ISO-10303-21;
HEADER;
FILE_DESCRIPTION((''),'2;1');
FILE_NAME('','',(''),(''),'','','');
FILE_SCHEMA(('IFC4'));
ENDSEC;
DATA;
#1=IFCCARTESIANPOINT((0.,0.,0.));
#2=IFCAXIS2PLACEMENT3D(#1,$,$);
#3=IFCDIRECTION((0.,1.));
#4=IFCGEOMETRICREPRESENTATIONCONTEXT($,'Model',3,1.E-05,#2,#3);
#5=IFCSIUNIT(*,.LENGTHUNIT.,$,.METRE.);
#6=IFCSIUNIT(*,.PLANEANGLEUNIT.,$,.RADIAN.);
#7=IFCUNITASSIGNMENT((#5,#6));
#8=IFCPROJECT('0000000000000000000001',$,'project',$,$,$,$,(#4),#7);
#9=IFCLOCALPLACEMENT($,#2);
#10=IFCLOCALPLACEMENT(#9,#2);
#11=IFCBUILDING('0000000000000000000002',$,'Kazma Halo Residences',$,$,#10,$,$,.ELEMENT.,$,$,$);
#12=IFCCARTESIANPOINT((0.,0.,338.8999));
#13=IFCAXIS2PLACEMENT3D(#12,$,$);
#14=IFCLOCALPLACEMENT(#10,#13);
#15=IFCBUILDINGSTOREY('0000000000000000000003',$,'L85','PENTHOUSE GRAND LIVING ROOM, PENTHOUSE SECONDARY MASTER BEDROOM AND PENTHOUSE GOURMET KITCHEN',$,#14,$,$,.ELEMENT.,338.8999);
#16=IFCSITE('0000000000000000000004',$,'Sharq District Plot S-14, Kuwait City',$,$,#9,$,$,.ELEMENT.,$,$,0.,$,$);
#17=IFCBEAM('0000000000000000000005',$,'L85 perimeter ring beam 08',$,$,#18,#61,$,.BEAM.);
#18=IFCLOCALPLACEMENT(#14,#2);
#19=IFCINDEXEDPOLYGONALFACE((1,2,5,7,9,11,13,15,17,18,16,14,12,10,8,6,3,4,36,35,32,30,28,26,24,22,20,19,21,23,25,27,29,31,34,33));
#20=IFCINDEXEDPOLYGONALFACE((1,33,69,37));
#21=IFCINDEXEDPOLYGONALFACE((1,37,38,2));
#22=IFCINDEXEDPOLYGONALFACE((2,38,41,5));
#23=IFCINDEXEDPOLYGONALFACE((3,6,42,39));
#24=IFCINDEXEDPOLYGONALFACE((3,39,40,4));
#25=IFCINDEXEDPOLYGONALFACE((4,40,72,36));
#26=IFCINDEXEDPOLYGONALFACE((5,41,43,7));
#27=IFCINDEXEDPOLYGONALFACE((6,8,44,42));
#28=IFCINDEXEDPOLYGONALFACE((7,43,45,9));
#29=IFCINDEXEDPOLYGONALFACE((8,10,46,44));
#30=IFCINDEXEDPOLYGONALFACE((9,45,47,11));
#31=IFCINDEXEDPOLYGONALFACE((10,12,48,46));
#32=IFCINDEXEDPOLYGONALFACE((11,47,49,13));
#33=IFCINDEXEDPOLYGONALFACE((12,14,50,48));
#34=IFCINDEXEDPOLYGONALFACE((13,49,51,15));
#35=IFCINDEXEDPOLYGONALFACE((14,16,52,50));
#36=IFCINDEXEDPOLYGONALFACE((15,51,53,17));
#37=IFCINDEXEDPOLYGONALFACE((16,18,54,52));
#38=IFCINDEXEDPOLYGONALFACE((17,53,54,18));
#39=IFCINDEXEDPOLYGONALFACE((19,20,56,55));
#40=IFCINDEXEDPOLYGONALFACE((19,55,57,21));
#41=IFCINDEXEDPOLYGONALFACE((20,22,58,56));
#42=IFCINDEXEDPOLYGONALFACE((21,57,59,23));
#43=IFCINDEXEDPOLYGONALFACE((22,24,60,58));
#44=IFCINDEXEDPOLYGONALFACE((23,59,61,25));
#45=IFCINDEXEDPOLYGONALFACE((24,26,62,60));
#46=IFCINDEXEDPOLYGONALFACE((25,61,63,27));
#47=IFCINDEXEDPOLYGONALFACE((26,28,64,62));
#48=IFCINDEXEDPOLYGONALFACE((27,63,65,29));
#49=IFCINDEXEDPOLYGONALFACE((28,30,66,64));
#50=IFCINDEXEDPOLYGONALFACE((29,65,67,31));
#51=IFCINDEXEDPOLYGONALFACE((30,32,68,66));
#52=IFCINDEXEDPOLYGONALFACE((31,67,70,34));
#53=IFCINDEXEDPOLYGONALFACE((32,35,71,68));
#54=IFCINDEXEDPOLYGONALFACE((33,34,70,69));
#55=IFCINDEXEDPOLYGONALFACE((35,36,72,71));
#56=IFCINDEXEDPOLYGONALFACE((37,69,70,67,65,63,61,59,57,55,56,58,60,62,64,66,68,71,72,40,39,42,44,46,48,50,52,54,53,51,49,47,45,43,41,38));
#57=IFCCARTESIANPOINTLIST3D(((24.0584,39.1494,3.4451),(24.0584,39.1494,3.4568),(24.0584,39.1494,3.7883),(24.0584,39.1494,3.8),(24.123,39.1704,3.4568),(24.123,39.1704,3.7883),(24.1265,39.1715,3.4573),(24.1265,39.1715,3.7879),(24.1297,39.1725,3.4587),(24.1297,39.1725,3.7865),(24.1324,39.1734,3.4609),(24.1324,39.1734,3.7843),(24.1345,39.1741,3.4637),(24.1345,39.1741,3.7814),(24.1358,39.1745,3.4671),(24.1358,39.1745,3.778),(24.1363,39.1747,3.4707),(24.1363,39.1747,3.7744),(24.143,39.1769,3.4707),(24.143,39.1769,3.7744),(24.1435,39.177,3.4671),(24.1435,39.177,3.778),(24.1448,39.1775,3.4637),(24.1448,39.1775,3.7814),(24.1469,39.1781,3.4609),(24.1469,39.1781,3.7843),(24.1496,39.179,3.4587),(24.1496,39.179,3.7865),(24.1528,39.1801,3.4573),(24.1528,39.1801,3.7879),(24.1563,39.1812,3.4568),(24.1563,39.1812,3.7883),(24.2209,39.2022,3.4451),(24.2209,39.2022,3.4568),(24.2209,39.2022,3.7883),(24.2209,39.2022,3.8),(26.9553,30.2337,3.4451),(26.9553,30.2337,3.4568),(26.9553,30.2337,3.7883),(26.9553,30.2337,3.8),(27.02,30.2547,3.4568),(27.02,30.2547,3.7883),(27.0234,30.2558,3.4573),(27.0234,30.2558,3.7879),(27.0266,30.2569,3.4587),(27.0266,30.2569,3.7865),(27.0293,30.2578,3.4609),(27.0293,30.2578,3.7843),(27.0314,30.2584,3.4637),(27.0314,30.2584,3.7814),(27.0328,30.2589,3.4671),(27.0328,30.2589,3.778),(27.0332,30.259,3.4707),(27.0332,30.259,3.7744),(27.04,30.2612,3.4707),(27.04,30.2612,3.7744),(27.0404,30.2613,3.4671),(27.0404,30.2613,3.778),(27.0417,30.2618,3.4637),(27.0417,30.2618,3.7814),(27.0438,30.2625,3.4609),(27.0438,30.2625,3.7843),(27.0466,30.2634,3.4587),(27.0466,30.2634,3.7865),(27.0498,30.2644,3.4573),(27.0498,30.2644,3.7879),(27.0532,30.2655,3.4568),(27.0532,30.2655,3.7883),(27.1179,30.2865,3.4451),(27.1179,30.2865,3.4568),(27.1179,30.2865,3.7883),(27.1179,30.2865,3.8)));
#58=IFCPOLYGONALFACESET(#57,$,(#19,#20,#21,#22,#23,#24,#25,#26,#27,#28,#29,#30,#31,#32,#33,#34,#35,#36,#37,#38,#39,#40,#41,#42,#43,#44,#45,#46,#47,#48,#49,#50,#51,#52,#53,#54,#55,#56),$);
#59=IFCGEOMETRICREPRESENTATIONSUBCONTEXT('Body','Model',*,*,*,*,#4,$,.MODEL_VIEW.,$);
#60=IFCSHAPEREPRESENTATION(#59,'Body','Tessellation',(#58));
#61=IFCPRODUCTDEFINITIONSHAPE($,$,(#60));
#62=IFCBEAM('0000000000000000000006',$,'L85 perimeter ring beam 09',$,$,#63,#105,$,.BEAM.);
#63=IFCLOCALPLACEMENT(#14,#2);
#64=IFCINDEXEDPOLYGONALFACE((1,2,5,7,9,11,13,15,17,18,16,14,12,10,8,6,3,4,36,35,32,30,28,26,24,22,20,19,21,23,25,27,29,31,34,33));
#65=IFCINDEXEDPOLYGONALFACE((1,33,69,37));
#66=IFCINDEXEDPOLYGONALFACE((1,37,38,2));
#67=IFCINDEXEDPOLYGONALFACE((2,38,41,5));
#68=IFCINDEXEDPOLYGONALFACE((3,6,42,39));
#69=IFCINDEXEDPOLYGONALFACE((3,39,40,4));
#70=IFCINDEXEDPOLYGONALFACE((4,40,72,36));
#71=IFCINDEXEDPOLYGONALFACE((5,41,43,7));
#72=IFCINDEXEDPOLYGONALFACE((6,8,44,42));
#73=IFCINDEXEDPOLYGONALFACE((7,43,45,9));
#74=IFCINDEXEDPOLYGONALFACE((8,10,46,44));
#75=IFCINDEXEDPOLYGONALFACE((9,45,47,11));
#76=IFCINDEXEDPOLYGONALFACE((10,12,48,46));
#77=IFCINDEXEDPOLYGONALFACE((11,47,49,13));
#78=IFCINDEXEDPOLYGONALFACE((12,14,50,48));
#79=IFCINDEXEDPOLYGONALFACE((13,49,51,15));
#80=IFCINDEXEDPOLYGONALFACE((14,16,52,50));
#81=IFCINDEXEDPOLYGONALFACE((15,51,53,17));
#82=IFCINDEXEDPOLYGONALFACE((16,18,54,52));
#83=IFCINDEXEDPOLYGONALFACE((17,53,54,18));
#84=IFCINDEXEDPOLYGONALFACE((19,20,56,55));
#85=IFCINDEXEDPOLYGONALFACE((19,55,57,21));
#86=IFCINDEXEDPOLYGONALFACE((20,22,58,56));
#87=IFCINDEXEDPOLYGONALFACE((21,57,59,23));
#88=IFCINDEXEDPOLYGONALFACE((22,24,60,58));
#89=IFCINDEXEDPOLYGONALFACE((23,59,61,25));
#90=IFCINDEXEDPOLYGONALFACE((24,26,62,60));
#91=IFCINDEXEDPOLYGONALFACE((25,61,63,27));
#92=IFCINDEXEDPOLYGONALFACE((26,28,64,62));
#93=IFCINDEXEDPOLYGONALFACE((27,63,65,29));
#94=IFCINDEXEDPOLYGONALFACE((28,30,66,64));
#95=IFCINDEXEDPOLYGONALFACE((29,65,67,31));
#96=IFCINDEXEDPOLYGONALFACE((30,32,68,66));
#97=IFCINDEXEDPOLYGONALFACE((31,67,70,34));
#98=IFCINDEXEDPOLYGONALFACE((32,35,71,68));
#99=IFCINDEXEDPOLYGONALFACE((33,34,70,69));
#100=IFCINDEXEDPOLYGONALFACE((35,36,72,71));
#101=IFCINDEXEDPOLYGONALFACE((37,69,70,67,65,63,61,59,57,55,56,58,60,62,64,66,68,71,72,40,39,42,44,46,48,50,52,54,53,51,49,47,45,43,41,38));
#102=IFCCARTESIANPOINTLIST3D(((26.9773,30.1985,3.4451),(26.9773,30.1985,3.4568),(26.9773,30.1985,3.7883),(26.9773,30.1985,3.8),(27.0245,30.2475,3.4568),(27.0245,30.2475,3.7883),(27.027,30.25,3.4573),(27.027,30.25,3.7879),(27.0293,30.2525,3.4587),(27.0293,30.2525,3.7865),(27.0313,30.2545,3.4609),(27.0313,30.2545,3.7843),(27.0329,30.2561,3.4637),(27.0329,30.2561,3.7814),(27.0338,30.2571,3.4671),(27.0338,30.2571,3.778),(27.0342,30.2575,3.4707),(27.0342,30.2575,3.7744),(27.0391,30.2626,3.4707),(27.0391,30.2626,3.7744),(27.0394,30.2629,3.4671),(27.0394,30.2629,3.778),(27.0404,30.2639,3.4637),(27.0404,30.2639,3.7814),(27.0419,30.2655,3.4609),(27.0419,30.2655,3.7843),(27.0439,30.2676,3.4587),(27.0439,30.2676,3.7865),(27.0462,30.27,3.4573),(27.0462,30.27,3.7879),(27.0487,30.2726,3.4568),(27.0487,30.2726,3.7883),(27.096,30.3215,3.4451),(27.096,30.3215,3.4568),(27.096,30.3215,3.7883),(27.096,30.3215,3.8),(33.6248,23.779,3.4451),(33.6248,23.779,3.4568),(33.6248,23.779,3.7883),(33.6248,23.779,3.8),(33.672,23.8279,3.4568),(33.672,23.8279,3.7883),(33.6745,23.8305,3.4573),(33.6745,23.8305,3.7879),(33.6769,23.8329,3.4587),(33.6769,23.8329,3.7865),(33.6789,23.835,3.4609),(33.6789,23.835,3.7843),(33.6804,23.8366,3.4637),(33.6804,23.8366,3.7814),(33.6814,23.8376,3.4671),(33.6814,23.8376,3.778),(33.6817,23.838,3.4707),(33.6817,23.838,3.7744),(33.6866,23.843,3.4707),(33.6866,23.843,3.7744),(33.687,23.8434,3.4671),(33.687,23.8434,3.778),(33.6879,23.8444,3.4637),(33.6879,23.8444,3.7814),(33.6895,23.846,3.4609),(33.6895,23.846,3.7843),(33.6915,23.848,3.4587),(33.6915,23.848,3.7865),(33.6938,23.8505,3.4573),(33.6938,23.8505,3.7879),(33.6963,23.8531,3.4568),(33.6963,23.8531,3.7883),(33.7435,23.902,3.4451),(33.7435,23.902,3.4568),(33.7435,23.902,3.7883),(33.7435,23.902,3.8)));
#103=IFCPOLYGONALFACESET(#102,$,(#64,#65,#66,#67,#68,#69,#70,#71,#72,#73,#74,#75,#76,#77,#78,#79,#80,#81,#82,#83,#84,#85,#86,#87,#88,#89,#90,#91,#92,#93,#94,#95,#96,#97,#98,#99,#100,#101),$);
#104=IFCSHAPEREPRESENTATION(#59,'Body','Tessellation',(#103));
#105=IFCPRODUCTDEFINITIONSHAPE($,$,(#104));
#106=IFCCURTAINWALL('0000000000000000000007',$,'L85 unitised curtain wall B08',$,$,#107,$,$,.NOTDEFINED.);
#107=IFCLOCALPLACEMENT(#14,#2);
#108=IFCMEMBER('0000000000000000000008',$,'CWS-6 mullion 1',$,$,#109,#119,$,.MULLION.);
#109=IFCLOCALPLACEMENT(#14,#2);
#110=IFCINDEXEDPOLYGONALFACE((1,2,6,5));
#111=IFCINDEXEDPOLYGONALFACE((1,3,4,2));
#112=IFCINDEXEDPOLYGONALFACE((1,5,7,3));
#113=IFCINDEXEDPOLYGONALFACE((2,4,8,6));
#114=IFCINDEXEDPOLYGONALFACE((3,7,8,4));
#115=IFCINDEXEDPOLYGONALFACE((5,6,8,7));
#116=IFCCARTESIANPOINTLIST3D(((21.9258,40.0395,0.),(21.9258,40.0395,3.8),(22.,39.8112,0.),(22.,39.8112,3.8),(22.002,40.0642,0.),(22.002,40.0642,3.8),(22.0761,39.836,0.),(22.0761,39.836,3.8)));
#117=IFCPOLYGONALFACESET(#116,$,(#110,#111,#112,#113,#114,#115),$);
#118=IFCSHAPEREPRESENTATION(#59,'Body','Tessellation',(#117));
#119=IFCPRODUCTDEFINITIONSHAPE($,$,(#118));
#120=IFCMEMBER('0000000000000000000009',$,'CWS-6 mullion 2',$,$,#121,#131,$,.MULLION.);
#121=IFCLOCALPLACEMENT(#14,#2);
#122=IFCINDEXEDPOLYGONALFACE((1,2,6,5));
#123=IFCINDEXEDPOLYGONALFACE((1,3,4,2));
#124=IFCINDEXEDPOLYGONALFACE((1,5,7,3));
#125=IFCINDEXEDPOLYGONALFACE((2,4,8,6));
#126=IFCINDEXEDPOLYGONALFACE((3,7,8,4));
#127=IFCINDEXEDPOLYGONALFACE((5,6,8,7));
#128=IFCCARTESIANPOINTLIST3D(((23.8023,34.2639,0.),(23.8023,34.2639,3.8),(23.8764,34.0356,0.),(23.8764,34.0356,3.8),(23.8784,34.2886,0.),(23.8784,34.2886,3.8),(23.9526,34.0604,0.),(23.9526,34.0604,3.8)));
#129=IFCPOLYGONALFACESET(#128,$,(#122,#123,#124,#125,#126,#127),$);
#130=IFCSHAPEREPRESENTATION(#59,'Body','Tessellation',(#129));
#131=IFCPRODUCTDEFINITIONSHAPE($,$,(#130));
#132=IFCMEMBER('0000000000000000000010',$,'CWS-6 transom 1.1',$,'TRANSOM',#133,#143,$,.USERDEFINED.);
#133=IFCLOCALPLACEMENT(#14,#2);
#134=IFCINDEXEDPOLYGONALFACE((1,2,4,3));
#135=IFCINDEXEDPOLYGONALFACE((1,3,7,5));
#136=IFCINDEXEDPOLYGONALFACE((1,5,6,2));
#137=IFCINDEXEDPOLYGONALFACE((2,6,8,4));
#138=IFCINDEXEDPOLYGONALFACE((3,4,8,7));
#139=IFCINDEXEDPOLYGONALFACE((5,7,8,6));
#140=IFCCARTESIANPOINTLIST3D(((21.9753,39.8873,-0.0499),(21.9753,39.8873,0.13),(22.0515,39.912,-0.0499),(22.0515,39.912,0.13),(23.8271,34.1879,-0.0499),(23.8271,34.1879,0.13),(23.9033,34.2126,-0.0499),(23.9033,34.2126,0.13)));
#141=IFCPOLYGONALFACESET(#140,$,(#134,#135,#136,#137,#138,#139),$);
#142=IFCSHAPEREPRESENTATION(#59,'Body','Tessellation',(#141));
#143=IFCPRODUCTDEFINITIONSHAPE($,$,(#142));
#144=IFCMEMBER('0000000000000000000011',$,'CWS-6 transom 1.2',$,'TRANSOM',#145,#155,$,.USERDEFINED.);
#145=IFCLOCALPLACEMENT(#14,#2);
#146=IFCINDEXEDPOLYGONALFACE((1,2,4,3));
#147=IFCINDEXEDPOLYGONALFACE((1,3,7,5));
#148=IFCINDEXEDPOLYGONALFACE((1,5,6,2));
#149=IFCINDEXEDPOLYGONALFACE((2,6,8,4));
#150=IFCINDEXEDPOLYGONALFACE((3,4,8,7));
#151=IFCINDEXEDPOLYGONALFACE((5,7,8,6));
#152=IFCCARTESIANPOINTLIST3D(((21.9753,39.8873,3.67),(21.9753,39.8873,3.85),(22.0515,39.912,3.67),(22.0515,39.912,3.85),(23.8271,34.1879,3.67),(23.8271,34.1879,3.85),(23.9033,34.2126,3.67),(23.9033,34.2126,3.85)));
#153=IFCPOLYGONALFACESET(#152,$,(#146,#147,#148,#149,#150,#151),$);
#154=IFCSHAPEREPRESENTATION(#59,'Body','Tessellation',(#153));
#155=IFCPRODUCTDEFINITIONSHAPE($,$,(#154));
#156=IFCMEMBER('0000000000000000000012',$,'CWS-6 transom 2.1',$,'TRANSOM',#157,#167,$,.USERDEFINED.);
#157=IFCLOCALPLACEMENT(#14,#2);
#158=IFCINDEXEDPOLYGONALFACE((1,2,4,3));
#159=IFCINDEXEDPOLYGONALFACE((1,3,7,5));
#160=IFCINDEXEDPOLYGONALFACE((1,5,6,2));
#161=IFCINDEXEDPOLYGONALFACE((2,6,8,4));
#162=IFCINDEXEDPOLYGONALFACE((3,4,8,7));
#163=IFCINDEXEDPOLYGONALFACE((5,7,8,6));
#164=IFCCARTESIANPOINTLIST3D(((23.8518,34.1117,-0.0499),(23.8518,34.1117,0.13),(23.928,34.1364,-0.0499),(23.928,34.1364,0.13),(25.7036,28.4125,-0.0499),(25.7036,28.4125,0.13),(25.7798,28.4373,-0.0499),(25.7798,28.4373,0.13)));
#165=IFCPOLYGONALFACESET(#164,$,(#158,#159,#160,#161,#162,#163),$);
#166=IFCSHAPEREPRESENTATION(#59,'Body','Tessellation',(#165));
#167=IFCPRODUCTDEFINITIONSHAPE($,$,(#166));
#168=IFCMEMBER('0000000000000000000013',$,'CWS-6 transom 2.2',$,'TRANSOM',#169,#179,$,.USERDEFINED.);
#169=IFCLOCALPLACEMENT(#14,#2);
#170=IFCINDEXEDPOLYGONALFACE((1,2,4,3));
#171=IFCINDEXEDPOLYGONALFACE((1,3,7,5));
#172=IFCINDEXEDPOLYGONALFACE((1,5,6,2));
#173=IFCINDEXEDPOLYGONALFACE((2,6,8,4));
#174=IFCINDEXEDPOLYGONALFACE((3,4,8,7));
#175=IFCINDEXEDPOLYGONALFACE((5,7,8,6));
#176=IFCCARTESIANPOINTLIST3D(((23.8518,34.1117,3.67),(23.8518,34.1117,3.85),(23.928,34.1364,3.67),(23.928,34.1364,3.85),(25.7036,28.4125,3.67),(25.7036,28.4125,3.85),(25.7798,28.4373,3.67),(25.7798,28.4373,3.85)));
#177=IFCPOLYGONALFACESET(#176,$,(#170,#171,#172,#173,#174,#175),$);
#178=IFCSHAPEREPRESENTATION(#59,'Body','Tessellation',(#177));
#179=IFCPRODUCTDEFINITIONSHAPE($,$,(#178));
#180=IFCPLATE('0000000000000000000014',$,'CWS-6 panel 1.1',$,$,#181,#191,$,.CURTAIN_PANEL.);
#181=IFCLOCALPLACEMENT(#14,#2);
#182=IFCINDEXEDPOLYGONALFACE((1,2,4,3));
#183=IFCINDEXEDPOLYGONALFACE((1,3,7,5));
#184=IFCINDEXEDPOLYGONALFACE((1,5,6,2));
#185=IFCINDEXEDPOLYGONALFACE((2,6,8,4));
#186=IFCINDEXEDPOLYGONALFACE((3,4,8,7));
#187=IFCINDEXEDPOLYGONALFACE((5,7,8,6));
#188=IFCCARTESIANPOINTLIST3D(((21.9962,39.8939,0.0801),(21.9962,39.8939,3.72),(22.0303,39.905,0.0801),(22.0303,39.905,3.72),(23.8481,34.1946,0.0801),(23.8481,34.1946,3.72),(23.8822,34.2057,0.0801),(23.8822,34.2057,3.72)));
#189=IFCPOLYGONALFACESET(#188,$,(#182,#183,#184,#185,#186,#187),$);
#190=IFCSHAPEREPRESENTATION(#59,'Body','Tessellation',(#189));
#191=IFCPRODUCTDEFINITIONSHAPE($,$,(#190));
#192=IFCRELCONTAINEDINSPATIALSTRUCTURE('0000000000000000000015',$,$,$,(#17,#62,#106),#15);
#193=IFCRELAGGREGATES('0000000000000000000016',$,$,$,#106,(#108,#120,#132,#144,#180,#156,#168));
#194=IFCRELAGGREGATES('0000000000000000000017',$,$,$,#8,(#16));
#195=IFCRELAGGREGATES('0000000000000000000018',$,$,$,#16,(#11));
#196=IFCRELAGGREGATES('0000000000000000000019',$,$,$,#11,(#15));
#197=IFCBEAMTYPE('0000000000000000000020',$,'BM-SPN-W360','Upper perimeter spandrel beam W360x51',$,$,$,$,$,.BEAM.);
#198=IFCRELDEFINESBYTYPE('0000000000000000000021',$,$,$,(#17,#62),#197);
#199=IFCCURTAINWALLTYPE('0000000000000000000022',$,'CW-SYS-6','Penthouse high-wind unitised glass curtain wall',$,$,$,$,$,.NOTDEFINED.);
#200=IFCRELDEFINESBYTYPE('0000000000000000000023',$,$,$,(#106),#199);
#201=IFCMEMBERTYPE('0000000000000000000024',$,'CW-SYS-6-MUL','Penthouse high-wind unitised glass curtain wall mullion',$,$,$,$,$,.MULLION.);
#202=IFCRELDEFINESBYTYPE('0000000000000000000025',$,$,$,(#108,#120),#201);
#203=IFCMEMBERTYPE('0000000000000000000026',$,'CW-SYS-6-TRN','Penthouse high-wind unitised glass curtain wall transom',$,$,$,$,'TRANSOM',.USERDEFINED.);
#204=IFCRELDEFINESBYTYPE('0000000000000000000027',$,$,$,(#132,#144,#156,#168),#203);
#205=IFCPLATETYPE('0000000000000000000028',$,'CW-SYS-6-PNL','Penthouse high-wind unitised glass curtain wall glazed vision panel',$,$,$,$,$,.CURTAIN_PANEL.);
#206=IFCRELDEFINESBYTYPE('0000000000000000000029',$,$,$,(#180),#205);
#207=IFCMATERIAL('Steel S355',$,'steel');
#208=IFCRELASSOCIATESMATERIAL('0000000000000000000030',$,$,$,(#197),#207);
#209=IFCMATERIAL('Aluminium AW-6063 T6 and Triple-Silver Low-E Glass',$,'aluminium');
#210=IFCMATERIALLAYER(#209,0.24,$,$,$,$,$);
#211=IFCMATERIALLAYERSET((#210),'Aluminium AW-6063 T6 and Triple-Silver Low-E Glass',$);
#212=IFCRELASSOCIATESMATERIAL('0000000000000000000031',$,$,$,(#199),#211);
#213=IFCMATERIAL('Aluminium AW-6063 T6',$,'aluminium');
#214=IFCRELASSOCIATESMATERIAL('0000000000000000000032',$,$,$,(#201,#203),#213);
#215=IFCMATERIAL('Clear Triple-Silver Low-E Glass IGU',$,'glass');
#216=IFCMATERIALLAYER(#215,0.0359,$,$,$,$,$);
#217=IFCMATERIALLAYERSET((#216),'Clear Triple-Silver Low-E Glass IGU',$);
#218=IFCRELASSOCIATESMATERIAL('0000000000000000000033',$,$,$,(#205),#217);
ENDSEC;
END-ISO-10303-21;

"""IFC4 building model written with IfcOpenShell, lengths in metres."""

from ifc_helpers import new_model, si_unit, direction, frame, origin, origin_2d, place, context, subcontext, project, spatial, rectangle, i_section, extrude, material, layer, layer_set, material_profile, profile_set, type_object, element, aggregate, save


model = new_model("IFC4")

# Units and contexts
model_context = context("Model", 3, precision=1e-05, world=origin(), true_north=direction((0.0, 1.0)))
body_context = subcontext(model_context, "Body", "Model", "MODEL_VIEW")
ifc_project = project(units=[si_unit("LENGTHUNIT", "METRE"), si_unit("PLANEANGLEUNIT", "RADIAN")], contexts=[model_context])

# Site, building, storey
site_placement = place(None, origin())
site = spatial("IfcSite", under=ifc_project, at=site_placement, Name="Sharq District Plot S-14, Kuwait City", CompositionType="ELEMENT", RefElevation=0.0)
building_placement = place(site_placement, origin())
building = spatial("IfcBuilding", under=site, at=building_placement, Name="Kazma Halo Residences", CompositionType="ELEMENT")
storey_placement = place(building_placement, frame((0.0, 0.0, 338.8999)))
storey = spatial("IfcBuildingStorey", under=building, at=storey_placement, Name="L85", Description="PENTHOUSE GRAND LIVING ROOM, PENTHOUSE SECONDARY MASTER BEDROOM AND PENTHOUSE GOURMET KITCHEN", CompositionType="ELEMENT", Elevation=338.8999)

# Beams
ifc_material_1 = material(Name="Steel S355", Category="steel")
ifc_material_profile_1 = material_profile(ifc_material_1, i_section(OverallWidth=0.1709, OverallDepth=0.355, WebThickness=0.0071, FlangeThickness=0.0117, FilletRadius=0.0139, at=origin_2d()), Name="W360x51")
ifc_profile_set_1 = profile_set([ifc_material_profile_1], Name="Steel S355")
beam_type_1 = type_object("IfcBeamType", Name="BM-SPN-W360", Description="Upper perimeter spandrel beam W360x51", PredefinedType="BEAM", material=ifc_profile_set_1)
beam_1_placement = place(storey_placement, frame((24.1396, 39.1758, 3.6226), z_axis=(0.309023, -0.951055, 0.0), x_axis=(0.951055, 0.309023, 0.0)))
element("IfcBeam", 1, at=beam_1_placement, inside=storey, type_object=beam_type_1, Name="L85 perimeter ring beam 08", PredefinedType="BEAM", context=body_context, shape_type="SweptSolid", body=[
    extrude(i_section(OverallWidth=0.1709, OverallDepth=0.355, WebThickness=0.0071, FlangeThickness=0.0117, FilletRadius=0.0139, at=origin_2d()), origin(), (0.0, 0.0, 1.0), 9.3745),
])
beam_2_placement = place(storey_placement, frame((27.0366, 30.26, 3.6226), z_axis=(0.719337, -0.694661, 0.0), x_axis=(0.694661, 0.719337, 0.0)))
element("IfcBeam", 2, at=beam_2_placement, inside=storey, type_object=beam_type_1, Name="L85 perimeter ring beam 09", PredefinedType="BEAM", context=body_context, shape_type="SweptSolid", body=[
    extrude(i_section(OverallWidth=0.1709, OverallDepth=0.355, WebThickness=0.0071, FlangeThickness=0.0117, FilletRadius=0.0139, at=origin_2d()), origin(), (0.0, 0.0, 1.0), 9.2412),
])

# Curtain wall, members, plate
ifc_material_2 = material(Name="Aluminium AW-6063 T6 and Triple-Silver Low-E Glass", Category="aluminium")
ifc_layer_1 = layer(ifc_material_2, 0.24)
ifc_layer_set_1 = layer_set([ifc_layer_1], Name="Aluminium AW-6063 T6 and Triple-Silver Low-E Glass")
curtain_wall_type = type_object("IfcCurtainWallType", Name="CW-SYS-6", Description="Penthouse high-wind unitised glass curtain wall", PredefinedType="NOTDEFINED", material=ifc_layer_set_1)
curtain_wall_placement = place(storey_placement, origin())
curtain_wall = element("IfcCurtainWall", 3, at=curtain_wall_placement, inside=storey, type_object=curtain_wall_type, Name="L85 unitised curtain wall B08", PredefinedType="NOTDEFINED")
ifc_material_3 = material(Name="Aluminium AW-6063 T6", Category="aluminium")
ifc_material_profile_2 = material_profile(ifc_material_3, rectangle(XDim=0.0801, YDim=0.24, at=origin_2d()), Name="CWM-80x240")
ifc_profile_set_2 = profile_set([ifc_material_profile_2], Name="Aluminium AW-6063 T6")
member_type_1 = type_object("IfcMemberType", Name="CW-SYS-6-MUL", Description="Penthouse high-wind unitised glass curtain wall mullion", PredefinedType="MULLION", material=ifc_profile_set_2)
member_1_placement = place(storey_placement, frame((22.001, 39.9377, 0.0), z_axis=(0.0, 0.0, 1.0), x_axis=(0.951056, 0.309019, 0.0)))
member_1 = element("IfcMember", 4, at=member_1_placement, type_object=member_type_1, Name="CWS-6 mullion 1", PredefinedType="MULLION", context=body_context, shape_type="SweptSolid", body=[
    extrude(rectangle(XDim=0.0801, YDim=0.24, at=origin_2d()), origin(), (0.0, 0.0, 1.0), 3.8),
])
member_2_placement = place(storey_placement, frame((23.8774, 34.1621, 0.0), z_axis=(0.0, 0.0, 1.0), x_axis=(0.951056, 0.309019, 0.0)))
member_2 = element("IfcMember", 5, at=member_2_placement, type_object=member_type_1, Name="CWS-6 mullion 2", PredefinedType="MULLION", context=body_context, shape_type="SweptSolid", body=[
    extrude(rectangle(XDim=0.0801, YDim=0.24, at=origin_2d()), origin(), (0.0, 0.0, 1.0), 3.8),
])
ifc_material_profile_3 = material_profile(ifc_material_3, rectangle(XDim=0.0801, YDim=0.1799, at=origin_2d()), Name="CWT-80x180")
ifc_profile_set_3 = profile_set([ifc_material_profile_3], Name="Aluminium AW-6063 T6")
member_type_2 = type_object("IfcMemberType", Name="CW-SYS-6-TRN", Description="Penthouse high-wind unitised glass curtain wall transom", ElementType="TRANSOM", PredefinedType="USERDEFINED", material=ifc_profile_set_3)
member_3_placement = place(storey_placement, frame((22.0134, 39.8997, 0.04), z_axis=(0.309008, -0.95106, 0.0), x_axis=(0.95106, 0.309008, 0.0)))
member_3 = element("IfcMember", 6, at=member_3_placement, type_object=member_type_2, Name="CWS-6 transom 1.1", ObjectType="TRANSOM", PredefinedType="USERDEFINED", context=body_context, shape_type="SweptSolid", body=[
    extrude(rectangle(XDim=0.0801, YDim=0.1799, at=origin_2d()), origin(), (0.0, 0.0, 1.0), 5.9927),
])
member_4_placement = place(storey_placement, frame((22.0134, 39.8997, 3.76), z_axis=(0.309008, -0.95106, 0.0), x_axis=(0.95106, 0.309008, 0.0)))
member_4 = element("IfcMember", 7, at=member_4_placement, type_object=member_type_2, Name="CWS-6 transom 1.2", ObjectType="TRANSOM", PredefinedType="USERDEFINED", context=body_context, shape_type="SweptSolid", body=[
    extrude(rectangle(XDim=0.0801, YDim=0.1799, at=origin_2d()), origin(), (0.0, 0.0, 1.0), 5.9927),
])
member_5_placement = place(storey_placement, frame((23.8899, 34.124, 0.04), z_axis=(0.30902, -0.951056, 0.0), x_axis=(0.951056, 0.30902, 0.0)))
member_5 = element("IfcMember", 8, at=member_5_placement, type_object=member_type_2, Name="CWS-6 transom 2.1", ObjectType="TRANSOM", PredefinedType="USERDEFINED", context=body_context, shape_type="SweptSolid", body=[
    extrude(rectangle(XDim=0.0801, YDim=0.1799, at=origin_2d()), origin(), (0.0, 0.0, 1.0), 5.9924),
])
member_6_placement = place(storey_placement, frame((23.8899, 34.124, 3.76), z_axis=(0.30902, -0.951056, 0.0), x_axis=(0.951056, 0.30902, 0.0)))
member_6 = element("IfcMember", 9, at=member_6_placement, type_object=member_type_2, Name="CWS-6 transom 2.2", ObjectType="TRANSOM", PredefinedType="USERDEFINED", context=body_context, shape_type="SweptSolid", body=[
    extrude(rectangle(XDim=0.0801, YDim=0.1799, at=origin_2d()), origin(), (0.0, 0.0, 1.0), 5.9924),
])
ifc_material_4 = material(Name="Clear Triple-Silver Low-E Glass IGU", Category="glass")
ifc_layer_2 = layer(ifc_material_4, 0.0359)
ifc_layer_set_2 = layer_set([ifc_layer_2], Name="Clear Triple-Silver Low-E Glass IGU")
plate_type = type_object("IfcPlateType", Name="CW-SYS-6-PNL", Description="Penthouse high-wind unitised glass curtain wall glazed vision panel", PredefinedType="CURTAIN_PANEL", material=ifc_layer_set_2)
plate_1_placement = place(storey_placement, frame((22.9392, 37.0498, 0.0801), z_axis=(0.0, 0.0, 1.0), x_axis=(0.309019, -0.951056, 0.0)))
plate_1 = element("IfcPlate", 10, at=plate_1_placement, type_object=plate_type, Name="CWS-6 panel 1.1", PredefinedType="CURTAIN_PANEL", context=body_context, shape_type="SweptSolid", body=[
    extrude(rectangle(XDim=5.9927, YDim=0.0359, at=origin_2d()), origin(), (0.0, 0.0, 1.0), 3.6399),
])
aggregate(curtain_wall, [member_1, member_2, member_3, member_4, plate_1, member_5, member_6])

save(model, "model.ifc")
